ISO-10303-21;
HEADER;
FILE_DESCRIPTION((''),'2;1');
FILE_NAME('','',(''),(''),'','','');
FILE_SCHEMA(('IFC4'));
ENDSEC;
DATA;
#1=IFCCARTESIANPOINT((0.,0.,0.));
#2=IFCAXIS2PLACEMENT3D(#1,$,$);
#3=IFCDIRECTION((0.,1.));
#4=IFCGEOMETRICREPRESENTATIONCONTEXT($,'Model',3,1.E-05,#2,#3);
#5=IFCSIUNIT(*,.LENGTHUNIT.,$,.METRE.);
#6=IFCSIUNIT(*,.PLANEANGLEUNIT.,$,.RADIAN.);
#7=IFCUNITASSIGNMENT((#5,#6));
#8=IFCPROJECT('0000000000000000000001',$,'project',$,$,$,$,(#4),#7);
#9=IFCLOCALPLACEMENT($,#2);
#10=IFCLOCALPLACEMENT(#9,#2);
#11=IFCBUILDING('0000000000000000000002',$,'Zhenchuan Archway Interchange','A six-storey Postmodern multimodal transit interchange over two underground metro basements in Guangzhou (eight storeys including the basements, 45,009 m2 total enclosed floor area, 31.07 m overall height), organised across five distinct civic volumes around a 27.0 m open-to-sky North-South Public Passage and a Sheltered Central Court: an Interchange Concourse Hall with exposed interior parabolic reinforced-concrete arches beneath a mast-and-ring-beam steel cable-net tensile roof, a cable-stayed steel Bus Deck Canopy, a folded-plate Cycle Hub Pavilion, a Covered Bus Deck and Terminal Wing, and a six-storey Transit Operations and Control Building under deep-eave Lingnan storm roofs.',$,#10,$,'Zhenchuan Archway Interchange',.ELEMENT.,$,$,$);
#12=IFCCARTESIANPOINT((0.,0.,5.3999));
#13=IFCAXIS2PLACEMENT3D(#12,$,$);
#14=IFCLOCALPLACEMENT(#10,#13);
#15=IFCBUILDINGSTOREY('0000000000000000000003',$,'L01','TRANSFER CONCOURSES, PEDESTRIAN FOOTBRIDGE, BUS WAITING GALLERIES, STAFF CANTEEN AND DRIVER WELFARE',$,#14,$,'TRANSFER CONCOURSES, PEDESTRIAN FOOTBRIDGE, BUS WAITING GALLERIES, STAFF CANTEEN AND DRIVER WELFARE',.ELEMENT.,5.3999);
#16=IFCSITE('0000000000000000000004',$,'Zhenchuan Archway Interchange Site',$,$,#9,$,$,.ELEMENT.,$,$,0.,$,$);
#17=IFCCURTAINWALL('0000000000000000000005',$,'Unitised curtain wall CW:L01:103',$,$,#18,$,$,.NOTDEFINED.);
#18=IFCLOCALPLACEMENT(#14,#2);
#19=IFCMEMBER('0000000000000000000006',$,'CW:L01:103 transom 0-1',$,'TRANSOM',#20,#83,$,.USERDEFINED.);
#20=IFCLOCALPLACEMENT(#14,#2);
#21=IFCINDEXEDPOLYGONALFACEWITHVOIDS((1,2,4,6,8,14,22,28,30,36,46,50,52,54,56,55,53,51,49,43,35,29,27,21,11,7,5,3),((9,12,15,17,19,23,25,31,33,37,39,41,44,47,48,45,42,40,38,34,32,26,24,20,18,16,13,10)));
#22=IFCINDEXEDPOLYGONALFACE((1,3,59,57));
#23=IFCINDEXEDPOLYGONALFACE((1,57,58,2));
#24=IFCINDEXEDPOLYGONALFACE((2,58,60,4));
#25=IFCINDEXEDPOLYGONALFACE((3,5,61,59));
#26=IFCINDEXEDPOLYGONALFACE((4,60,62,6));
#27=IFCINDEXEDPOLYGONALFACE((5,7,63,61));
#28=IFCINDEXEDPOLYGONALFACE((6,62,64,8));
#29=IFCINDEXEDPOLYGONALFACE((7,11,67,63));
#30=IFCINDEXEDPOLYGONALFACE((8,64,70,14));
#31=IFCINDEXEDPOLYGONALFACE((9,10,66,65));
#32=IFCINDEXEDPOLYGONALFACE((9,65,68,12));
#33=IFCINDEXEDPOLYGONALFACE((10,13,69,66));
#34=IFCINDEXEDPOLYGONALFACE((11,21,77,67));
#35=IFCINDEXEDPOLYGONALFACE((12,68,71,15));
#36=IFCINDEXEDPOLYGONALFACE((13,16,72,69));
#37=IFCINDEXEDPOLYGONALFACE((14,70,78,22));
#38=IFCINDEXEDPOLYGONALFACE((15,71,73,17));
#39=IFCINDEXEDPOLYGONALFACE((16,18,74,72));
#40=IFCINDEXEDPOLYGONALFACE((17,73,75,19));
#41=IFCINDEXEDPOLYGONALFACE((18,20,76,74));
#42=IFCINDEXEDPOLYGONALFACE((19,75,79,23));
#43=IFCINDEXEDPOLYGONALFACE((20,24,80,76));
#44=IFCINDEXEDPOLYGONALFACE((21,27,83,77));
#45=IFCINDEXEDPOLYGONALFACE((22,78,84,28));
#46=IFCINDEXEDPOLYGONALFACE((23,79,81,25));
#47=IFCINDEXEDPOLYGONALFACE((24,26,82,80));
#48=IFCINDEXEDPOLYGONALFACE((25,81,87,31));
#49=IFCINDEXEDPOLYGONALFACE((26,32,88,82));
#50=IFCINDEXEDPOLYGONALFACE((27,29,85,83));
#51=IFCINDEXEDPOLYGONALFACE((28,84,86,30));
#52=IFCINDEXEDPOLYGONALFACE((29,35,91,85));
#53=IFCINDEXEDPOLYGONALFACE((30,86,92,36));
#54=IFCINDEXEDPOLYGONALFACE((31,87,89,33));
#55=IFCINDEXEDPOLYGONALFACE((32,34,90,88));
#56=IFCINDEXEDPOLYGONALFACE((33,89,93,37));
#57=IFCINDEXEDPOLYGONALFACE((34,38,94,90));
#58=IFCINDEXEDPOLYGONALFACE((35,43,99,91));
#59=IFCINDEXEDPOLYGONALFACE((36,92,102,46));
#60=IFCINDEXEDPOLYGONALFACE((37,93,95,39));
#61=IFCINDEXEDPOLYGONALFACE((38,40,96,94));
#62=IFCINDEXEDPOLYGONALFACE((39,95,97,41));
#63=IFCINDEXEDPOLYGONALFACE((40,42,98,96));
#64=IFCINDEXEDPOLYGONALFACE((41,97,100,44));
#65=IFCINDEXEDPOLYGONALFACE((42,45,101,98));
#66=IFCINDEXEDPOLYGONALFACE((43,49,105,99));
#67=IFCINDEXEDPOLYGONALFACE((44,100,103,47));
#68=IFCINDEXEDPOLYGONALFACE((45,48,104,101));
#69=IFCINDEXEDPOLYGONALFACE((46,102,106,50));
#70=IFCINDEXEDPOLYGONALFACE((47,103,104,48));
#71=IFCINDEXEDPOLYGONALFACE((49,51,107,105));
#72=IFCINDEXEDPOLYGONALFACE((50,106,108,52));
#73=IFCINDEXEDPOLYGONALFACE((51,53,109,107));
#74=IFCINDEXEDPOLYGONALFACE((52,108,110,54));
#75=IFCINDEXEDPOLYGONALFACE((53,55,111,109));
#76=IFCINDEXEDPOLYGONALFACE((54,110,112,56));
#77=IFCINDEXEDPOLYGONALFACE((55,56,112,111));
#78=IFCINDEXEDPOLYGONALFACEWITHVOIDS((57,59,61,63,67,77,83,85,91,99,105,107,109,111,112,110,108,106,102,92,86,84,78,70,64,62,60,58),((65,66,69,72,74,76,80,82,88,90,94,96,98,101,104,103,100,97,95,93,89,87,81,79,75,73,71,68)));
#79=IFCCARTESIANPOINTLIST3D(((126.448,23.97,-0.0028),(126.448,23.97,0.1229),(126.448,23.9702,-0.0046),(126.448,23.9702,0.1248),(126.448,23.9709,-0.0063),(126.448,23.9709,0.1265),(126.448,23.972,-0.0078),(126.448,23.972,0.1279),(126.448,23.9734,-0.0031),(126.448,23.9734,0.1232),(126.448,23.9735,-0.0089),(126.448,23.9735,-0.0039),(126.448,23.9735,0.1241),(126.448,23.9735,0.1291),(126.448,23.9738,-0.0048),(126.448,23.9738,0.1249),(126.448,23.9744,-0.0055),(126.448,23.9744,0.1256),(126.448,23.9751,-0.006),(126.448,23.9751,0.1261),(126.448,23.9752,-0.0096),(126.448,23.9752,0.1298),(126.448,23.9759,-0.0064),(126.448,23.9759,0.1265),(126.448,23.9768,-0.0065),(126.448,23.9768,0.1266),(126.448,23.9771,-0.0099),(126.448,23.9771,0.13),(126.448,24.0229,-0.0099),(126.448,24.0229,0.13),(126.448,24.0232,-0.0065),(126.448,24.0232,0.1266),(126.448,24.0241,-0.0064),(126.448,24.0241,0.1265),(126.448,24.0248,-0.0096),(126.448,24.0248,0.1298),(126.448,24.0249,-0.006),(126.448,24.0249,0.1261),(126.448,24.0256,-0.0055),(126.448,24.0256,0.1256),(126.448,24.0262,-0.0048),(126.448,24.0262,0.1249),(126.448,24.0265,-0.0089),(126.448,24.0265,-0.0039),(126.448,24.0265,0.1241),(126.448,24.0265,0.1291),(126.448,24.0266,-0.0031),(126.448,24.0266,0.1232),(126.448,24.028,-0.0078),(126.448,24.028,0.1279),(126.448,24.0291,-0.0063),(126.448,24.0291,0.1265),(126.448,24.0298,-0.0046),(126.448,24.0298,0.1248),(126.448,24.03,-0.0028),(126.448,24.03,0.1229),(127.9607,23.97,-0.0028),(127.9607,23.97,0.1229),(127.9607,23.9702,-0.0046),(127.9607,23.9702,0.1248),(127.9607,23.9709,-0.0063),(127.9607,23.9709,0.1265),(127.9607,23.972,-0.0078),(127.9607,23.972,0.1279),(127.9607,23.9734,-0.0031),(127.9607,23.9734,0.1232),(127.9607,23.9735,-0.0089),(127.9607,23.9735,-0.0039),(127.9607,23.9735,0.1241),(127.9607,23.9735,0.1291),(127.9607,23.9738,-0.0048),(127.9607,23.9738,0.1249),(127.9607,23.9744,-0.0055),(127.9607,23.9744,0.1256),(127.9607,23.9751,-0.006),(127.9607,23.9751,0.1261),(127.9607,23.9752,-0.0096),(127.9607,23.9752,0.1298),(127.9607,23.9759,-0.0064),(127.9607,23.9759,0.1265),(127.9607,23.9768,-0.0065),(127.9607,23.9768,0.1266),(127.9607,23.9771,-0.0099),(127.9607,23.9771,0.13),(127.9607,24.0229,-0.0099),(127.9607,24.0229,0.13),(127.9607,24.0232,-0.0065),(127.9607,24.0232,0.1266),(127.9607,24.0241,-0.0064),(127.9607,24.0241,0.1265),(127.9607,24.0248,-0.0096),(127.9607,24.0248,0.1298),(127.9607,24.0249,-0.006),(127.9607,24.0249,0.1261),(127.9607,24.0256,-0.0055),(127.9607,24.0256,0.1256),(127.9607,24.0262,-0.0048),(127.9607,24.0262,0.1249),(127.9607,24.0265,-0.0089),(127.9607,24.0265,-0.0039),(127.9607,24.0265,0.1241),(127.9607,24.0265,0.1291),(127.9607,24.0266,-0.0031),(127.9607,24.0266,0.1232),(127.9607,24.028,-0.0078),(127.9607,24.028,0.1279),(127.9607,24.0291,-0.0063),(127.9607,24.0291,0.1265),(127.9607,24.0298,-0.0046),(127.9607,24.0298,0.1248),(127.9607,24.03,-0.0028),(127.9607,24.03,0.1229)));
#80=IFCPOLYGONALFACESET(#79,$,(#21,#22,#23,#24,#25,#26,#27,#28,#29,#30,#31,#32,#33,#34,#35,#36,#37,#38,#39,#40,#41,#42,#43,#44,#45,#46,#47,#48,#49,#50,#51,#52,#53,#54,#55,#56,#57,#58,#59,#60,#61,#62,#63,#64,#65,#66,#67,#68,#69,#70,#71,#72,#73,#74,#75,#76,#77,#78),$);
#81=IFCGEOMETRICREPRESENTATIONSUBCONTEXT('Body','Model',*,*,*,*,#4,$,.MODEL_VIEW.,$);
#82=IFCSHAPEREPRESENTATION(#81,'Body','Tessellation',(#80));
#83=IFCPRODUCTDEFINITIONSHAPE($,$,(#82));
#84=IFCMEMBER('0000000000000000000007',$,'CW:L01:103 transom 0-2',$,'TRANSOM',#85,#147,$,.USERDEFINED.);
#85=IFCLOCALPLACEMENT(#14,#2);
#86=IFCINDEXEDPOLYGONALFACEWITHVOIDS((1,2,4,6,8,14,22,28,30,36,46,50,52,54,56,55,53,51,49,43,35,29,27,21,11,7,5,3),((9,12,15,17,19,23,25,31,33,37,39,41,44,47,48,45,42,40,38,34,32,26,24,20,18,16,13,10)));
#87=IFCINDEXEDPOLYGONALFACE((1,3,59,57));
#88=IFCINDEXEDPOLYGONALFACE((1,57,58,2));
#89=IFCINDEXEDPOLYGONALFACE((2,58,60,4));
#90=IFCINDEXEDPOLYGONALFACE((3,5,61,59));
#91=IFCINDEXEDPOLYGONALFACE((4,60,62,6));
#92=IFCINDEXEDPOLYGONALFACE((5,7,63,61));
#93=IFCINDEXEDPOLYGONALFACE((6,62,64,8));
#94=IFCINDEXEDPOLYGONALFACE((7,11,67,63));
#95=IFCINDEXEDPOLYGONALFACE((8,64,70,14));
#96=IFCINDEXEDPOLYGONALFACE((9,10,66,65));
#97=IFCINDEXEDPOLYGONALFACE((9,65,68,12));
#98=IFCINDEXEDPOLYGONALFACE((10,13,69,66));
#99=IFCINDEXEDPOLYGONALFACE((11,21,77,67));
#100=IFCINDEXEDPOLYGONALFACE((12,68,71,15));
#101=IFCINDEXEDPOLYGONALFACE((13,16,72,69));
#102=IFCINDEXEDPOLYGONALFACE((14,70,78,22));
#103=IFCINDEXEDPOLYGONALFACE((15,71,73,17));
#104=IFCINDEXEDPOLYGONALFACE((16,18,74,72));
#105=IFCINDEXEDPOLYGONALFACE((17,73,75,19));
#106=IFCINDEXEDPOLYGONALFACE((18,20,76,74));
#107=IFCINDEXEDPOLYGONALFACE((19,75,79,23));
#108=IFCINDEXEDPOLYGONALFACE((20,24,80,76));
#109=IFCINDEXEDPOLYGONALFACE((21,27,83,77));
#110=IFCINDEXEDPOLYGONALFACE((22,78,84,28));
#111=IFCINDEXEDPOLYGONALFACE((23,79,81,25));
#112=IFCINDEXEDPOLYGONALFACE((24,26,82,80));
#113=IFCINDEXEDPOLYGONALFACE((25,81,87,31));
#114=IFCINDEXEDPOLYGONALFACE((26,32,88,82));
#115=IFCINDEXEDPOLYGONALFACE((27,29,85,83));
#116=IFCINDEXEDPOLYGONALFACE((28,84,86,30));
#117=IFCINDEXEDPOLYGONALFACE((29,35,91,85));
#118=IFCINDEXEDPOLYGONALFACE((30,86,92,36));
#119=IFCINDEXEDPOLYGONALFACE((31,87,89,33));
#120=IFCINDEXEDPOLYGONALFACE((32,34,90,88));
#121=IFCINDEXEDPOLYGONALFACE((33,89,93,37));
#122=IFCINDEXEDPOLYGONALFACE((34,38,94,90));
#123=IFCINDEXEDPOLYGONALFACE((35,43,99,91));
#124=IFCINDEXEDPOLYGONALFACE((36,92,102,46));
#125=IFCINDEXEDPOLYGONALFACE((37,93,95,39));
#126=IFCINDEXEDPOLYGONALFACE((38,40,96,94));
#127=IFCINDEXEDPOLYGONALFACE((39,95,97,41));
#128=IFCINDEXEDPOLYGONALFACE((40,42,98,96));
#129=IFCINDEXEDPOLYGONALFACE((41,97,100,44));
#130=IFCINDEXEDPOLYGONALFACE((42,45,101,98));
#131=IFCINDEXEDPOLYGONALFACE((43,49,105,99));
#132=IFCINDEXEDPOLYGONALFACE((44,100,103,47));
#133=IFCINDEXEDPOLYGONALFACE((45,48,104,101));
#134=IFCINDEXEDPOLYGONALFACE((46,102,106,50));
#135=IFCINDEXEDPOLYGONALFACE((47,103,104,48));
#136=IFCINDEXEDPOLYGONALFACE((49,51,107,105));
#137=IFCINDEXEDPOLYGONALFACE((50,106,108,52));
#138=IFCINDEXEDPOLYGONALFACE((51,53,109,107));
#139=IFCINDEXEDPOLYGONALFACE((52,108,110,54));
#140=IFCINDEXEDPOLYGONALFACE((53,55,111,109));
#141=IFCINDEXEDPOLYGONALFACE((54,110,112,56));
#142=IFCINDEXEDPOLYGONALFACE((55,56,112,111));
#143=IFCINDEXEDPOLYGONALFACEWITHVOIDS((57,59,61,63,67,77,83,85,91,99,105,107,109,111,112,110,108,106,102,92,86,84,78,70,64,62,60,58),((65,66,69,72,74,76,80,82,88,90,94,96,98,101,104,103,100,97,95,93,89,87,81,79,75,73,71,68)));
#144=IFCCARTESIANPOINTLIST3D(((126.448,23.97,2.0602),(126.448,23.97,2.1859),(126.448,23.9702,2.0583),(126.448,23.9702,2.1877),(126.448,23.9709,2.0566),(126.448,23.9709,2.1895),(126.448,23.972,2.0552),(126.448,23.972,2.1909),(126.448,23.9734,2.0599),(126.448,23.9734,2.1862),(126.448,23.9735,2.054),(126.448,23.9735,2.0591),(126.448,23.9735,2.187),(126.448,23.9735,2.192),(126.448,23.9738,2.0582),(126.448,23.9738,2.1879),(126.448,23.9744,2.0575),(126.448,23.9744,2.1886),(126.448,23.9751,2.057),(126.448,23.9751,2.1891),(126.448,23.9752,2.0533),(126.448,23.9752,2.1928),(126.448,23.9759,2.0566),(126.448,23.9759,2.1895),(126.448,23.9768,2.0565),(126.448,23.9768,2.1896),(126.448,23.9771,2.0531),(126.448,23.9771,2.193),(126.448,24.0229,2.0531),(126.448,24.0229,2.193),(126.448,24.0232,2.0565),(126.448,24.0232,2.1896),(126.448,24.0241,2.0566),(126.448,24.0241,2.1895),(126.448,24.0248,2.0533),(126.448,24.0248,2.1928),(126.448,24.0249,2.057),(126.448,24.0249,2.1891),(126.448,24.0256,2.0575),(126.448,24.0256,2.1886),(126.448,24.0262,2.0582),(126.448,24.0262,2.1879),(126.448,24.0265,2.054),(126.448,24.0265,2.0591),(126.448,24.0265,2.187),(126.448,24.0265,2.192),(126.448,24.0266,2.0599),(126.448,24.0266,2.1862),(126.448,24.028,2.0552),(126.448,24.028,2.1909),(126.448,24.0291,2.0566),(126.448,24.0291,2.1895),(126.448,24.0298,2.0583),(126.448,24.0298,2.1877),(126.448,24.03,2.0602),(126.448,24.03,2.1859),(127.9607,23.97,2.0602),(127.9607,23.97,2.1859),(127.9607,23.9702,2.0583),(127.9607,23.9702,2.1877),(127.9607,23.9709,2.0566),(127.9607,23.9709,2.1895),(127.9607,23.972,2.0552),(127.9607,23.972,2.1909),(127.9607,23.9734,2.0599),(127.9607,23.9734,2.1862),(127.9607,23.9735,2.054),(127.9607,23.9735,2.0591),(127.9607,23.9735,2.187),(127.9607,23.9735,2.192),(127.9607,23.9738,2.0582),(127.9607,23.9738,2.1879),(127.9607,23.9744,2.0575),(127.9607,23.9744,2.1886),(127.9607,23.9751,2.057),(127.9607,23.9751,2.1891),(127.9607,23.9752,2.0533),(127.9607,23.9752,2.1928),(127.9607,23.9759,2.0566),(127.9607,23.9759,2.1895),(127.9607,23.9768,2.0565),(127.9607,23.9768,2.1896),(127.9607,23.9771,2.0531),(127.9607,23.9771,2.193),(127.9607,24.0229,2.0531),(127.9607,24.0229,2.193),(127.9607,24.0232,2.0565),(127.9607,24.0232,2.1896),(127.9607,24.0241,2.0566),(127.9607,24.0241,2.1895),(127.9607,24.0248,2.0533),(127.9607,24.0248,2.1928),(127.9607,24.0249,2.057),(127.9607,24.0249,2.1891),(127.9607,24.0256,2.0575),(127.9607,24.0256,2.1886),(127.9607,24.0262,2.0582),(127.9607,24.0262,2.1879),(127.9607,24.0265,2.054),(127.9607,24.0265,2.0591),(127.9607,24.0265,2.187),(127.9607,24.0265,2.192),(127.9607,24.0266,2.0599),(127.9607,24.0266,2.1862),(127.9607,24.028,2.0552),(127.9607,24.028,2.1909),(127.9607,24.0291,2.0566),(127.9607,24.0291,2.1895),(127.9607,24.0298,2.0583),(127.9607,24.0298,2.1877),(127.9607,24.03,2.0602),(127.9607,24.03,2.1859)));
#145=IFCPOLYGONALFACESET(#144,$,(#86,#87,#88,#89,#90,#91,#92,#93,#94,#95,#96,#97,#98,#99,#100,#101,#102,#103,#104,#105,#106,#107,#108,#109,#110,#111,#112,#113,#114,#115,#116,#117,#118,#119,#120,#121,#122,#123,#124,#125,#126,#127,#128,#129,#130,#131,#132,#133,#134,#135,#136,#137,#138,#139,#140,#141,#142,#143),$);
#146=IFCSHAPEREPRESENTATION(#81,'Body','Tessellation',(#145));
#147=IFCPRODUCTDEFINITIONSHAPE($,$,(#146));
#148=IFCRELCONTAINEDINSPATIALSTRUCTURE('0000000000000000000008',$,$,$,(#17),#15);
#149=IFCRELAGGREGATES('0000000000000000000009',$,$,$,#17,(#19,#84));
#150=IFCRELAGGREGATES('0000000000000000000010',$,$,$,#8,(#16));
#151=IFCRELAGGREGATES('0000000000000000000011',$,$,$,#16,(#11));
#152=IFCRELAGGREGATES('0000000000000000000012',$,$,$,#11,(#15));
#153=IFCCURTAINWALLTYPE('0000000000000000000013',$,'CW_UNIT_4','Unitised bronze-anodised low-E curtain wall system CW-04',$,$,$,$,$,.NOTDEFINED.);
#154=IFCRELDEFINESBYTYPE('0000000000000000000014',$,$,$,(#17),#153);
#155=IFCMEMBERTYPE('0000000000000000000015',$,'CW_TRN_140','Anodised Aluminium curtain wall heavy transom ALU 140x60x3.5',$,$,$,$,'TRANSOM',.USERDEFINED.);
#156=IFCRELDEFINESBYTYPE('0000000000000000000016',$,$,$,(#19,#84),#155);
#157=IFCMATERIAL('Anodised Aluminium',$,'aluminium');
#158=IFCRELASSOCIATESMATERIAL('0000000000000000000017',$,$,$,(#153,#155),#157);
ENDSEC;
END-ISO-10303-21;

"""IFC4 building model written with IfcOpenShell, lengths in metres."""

from ifc_helpers import new_model, si_unit, direction, frame, origin, origin_2d, place, context, subcontext, project, spatial, hollow_rectangle, extrude, material, material_profile, profile_set, type_object, element, aggregate, save


model = new_model("IFC4")

# Units and contexts
model_context = context("Model", 3, precision=1e-05, world=origin(), true_north=direction((0.0, 1.0)))
body_context = subcontext(model_context, "Body", "Model", "MODEL_VIEW")
ifc_project = project(units=[si_unit("LENGTHUNIT", "METRE"), si_unit("PLANEANGLEUNIT", "RADIAN")], contexts=[model_context])

# Site, building, storey
site_placement = place(None, origin())
site = spatial("IfcSite", under=ifc_project, at=site_placement, Name="Zhenchuan Archway Interchange Site", CompositionType="ELEMENT", RefElevation=0.0)
building_placement = place(site_placement, origin())
building = spatial("IfcBuilding", under=site, at=building_placement, Name="Zhenchuan Archway Interchange", Description="A six-storey Postmodern multimodal transit interchange over two underground metro basements in Guangzhou (eight storeys including the basements, 45,009 m2 total enclosed floor area, 31.07 m overall height), organised across five distinct civic volumes around a 27.0 m open-to-sky North-South Public Passage and a Sheltered Central Court: an Interchange Concourse Hall with exposed interior parabolic reinforced-concrete arches beneath a mast-and-ring-beam steel cable-net tensile roof, a cable-stayed steel Bus Deck Canopy, a folded-plate Cycle Hub Pavilion, a Covered Bus Deck and Terminal Wing, and a six-storey Transit Operations and Control Building under deep-eave Lingnan storm roofs.", LongName="Zhenchuan Archway Interchange", CompositionType="ELEMENT")
storey_placement = place(building_placement, frame((0.0, 0.0, 5.3999)))
storey = spatial("IfcBuildingStorey", under=building, at=storey_placement, Name="L01", Description="TRANSFER CONCOURSES, PEDESTRIAN FOOTBRIDGE, BUS WAITING GALLERIES, STAFF CANTEEN AND DRIVER WELFARE", LongName="TRANSFER CONCOURSES, PEDESTRIAN FOOTBRIDGE, BUS WAITING GALLERIES, STAFF CANTEEN AND DRIVER WELFARE", CompositionType="ELEMENT", Elevation=5.3999)

# Shared definitions
ifc_material_1 = material(Name="Anodised Aluminium", Category="aluminium")
curtain_wall_type = type_object("IfcCurtainWallType", Name="CW_UNIT_4", Description="Unitised bronze-anodised low-E curtain wall system CW-04", PredefinedType="NOTDEFINED", material=ifc_material_1)

# Curtain wall, members
curtain_wall_1_placement = place(storey_placement, origin())
curtain_wall_1 = element("IfcCurtainWall", 1, at=curtain_wall_1_placement, inside=storey, type_object=curtain_wall_type, Name="Unitised curtain wall CW:L01:103", PredefinedType="NOTDEFINED")
ifc_material_profile_1 = material_profile(ifc_material_1, hollow_rectangle(XDim=0.0601, YDim=0.1399, WallThickness=0.0034, InnerFilletRadius=0.0034, OuterFilletRadius=0.0071, at=origin_2d()), Name="ALU 140x60x3.5")
ifc_profile_set_1 = profile_set([ifc_material_profile_1], Name="Anodised Aluminium")
member_type_1 = type_object("IfcMemberType", Name="CW_TRN_140", Description="Anodised Aluminium curtain wall heavy transom ALU 140x60x3.5", ElementType="TRANSOM", PredefinedType="USERDEFINED", material=ifc_profile_set_1)
member_1_placement = place(storey_placement, frame((126.448, 24.0, 0.0601), z_axis=(1.0, 0.0, 0.0), x_axis=(0.0, 1.0, 0.0)))
member_1 = element("IfcMember", 2, at=member_1_placement, type_object=member_type_1, Name="CW:L01:103 transom 0-1", ObjectType="TRANSOM", PredefinedType="USERDEFINED", context=body_context, shape_type="SweptSolid", body=[
    extrude(hollow_rectangle(XDim=0.0601, YDim=0.1399, WallThickness=0.0034, InnerFilletRadius=0.0034, OuterFilletRadius=0.0071, at=origin_2d()), origin(), (0.0, 0.0, 1.0), 1.5127),
])
member_2_placement = place(storey_placement, frame((126.448, 24.0, 2.123), z_axis=(1.0, 0.0, 0.0), x_axis=(0.0, 1.0, 0.0)))
member_2 = element("IfcMember", 3, at=member_2_placement, type_object=member_type_1, Name="CW:L01:103 transom 0-2", ObjectType="TRANSOM", PredefinedType="USERDEFINED", context=body_context, shape_type="SweptSolid", body=[
    extrude(hollow_rectangle(XDim=0.0601, YDim=0.1399, WallThickness=0.0034, InnerFilletRadius=0.0034, OuterFilletRadius=0.0071, at=origin_2d()), origin(), (0.0, 0.0, 1.0), 1.5127),
])

aggregate(curtain_wall_1, [member_1, member_2])

save(model, "model.ifc")
